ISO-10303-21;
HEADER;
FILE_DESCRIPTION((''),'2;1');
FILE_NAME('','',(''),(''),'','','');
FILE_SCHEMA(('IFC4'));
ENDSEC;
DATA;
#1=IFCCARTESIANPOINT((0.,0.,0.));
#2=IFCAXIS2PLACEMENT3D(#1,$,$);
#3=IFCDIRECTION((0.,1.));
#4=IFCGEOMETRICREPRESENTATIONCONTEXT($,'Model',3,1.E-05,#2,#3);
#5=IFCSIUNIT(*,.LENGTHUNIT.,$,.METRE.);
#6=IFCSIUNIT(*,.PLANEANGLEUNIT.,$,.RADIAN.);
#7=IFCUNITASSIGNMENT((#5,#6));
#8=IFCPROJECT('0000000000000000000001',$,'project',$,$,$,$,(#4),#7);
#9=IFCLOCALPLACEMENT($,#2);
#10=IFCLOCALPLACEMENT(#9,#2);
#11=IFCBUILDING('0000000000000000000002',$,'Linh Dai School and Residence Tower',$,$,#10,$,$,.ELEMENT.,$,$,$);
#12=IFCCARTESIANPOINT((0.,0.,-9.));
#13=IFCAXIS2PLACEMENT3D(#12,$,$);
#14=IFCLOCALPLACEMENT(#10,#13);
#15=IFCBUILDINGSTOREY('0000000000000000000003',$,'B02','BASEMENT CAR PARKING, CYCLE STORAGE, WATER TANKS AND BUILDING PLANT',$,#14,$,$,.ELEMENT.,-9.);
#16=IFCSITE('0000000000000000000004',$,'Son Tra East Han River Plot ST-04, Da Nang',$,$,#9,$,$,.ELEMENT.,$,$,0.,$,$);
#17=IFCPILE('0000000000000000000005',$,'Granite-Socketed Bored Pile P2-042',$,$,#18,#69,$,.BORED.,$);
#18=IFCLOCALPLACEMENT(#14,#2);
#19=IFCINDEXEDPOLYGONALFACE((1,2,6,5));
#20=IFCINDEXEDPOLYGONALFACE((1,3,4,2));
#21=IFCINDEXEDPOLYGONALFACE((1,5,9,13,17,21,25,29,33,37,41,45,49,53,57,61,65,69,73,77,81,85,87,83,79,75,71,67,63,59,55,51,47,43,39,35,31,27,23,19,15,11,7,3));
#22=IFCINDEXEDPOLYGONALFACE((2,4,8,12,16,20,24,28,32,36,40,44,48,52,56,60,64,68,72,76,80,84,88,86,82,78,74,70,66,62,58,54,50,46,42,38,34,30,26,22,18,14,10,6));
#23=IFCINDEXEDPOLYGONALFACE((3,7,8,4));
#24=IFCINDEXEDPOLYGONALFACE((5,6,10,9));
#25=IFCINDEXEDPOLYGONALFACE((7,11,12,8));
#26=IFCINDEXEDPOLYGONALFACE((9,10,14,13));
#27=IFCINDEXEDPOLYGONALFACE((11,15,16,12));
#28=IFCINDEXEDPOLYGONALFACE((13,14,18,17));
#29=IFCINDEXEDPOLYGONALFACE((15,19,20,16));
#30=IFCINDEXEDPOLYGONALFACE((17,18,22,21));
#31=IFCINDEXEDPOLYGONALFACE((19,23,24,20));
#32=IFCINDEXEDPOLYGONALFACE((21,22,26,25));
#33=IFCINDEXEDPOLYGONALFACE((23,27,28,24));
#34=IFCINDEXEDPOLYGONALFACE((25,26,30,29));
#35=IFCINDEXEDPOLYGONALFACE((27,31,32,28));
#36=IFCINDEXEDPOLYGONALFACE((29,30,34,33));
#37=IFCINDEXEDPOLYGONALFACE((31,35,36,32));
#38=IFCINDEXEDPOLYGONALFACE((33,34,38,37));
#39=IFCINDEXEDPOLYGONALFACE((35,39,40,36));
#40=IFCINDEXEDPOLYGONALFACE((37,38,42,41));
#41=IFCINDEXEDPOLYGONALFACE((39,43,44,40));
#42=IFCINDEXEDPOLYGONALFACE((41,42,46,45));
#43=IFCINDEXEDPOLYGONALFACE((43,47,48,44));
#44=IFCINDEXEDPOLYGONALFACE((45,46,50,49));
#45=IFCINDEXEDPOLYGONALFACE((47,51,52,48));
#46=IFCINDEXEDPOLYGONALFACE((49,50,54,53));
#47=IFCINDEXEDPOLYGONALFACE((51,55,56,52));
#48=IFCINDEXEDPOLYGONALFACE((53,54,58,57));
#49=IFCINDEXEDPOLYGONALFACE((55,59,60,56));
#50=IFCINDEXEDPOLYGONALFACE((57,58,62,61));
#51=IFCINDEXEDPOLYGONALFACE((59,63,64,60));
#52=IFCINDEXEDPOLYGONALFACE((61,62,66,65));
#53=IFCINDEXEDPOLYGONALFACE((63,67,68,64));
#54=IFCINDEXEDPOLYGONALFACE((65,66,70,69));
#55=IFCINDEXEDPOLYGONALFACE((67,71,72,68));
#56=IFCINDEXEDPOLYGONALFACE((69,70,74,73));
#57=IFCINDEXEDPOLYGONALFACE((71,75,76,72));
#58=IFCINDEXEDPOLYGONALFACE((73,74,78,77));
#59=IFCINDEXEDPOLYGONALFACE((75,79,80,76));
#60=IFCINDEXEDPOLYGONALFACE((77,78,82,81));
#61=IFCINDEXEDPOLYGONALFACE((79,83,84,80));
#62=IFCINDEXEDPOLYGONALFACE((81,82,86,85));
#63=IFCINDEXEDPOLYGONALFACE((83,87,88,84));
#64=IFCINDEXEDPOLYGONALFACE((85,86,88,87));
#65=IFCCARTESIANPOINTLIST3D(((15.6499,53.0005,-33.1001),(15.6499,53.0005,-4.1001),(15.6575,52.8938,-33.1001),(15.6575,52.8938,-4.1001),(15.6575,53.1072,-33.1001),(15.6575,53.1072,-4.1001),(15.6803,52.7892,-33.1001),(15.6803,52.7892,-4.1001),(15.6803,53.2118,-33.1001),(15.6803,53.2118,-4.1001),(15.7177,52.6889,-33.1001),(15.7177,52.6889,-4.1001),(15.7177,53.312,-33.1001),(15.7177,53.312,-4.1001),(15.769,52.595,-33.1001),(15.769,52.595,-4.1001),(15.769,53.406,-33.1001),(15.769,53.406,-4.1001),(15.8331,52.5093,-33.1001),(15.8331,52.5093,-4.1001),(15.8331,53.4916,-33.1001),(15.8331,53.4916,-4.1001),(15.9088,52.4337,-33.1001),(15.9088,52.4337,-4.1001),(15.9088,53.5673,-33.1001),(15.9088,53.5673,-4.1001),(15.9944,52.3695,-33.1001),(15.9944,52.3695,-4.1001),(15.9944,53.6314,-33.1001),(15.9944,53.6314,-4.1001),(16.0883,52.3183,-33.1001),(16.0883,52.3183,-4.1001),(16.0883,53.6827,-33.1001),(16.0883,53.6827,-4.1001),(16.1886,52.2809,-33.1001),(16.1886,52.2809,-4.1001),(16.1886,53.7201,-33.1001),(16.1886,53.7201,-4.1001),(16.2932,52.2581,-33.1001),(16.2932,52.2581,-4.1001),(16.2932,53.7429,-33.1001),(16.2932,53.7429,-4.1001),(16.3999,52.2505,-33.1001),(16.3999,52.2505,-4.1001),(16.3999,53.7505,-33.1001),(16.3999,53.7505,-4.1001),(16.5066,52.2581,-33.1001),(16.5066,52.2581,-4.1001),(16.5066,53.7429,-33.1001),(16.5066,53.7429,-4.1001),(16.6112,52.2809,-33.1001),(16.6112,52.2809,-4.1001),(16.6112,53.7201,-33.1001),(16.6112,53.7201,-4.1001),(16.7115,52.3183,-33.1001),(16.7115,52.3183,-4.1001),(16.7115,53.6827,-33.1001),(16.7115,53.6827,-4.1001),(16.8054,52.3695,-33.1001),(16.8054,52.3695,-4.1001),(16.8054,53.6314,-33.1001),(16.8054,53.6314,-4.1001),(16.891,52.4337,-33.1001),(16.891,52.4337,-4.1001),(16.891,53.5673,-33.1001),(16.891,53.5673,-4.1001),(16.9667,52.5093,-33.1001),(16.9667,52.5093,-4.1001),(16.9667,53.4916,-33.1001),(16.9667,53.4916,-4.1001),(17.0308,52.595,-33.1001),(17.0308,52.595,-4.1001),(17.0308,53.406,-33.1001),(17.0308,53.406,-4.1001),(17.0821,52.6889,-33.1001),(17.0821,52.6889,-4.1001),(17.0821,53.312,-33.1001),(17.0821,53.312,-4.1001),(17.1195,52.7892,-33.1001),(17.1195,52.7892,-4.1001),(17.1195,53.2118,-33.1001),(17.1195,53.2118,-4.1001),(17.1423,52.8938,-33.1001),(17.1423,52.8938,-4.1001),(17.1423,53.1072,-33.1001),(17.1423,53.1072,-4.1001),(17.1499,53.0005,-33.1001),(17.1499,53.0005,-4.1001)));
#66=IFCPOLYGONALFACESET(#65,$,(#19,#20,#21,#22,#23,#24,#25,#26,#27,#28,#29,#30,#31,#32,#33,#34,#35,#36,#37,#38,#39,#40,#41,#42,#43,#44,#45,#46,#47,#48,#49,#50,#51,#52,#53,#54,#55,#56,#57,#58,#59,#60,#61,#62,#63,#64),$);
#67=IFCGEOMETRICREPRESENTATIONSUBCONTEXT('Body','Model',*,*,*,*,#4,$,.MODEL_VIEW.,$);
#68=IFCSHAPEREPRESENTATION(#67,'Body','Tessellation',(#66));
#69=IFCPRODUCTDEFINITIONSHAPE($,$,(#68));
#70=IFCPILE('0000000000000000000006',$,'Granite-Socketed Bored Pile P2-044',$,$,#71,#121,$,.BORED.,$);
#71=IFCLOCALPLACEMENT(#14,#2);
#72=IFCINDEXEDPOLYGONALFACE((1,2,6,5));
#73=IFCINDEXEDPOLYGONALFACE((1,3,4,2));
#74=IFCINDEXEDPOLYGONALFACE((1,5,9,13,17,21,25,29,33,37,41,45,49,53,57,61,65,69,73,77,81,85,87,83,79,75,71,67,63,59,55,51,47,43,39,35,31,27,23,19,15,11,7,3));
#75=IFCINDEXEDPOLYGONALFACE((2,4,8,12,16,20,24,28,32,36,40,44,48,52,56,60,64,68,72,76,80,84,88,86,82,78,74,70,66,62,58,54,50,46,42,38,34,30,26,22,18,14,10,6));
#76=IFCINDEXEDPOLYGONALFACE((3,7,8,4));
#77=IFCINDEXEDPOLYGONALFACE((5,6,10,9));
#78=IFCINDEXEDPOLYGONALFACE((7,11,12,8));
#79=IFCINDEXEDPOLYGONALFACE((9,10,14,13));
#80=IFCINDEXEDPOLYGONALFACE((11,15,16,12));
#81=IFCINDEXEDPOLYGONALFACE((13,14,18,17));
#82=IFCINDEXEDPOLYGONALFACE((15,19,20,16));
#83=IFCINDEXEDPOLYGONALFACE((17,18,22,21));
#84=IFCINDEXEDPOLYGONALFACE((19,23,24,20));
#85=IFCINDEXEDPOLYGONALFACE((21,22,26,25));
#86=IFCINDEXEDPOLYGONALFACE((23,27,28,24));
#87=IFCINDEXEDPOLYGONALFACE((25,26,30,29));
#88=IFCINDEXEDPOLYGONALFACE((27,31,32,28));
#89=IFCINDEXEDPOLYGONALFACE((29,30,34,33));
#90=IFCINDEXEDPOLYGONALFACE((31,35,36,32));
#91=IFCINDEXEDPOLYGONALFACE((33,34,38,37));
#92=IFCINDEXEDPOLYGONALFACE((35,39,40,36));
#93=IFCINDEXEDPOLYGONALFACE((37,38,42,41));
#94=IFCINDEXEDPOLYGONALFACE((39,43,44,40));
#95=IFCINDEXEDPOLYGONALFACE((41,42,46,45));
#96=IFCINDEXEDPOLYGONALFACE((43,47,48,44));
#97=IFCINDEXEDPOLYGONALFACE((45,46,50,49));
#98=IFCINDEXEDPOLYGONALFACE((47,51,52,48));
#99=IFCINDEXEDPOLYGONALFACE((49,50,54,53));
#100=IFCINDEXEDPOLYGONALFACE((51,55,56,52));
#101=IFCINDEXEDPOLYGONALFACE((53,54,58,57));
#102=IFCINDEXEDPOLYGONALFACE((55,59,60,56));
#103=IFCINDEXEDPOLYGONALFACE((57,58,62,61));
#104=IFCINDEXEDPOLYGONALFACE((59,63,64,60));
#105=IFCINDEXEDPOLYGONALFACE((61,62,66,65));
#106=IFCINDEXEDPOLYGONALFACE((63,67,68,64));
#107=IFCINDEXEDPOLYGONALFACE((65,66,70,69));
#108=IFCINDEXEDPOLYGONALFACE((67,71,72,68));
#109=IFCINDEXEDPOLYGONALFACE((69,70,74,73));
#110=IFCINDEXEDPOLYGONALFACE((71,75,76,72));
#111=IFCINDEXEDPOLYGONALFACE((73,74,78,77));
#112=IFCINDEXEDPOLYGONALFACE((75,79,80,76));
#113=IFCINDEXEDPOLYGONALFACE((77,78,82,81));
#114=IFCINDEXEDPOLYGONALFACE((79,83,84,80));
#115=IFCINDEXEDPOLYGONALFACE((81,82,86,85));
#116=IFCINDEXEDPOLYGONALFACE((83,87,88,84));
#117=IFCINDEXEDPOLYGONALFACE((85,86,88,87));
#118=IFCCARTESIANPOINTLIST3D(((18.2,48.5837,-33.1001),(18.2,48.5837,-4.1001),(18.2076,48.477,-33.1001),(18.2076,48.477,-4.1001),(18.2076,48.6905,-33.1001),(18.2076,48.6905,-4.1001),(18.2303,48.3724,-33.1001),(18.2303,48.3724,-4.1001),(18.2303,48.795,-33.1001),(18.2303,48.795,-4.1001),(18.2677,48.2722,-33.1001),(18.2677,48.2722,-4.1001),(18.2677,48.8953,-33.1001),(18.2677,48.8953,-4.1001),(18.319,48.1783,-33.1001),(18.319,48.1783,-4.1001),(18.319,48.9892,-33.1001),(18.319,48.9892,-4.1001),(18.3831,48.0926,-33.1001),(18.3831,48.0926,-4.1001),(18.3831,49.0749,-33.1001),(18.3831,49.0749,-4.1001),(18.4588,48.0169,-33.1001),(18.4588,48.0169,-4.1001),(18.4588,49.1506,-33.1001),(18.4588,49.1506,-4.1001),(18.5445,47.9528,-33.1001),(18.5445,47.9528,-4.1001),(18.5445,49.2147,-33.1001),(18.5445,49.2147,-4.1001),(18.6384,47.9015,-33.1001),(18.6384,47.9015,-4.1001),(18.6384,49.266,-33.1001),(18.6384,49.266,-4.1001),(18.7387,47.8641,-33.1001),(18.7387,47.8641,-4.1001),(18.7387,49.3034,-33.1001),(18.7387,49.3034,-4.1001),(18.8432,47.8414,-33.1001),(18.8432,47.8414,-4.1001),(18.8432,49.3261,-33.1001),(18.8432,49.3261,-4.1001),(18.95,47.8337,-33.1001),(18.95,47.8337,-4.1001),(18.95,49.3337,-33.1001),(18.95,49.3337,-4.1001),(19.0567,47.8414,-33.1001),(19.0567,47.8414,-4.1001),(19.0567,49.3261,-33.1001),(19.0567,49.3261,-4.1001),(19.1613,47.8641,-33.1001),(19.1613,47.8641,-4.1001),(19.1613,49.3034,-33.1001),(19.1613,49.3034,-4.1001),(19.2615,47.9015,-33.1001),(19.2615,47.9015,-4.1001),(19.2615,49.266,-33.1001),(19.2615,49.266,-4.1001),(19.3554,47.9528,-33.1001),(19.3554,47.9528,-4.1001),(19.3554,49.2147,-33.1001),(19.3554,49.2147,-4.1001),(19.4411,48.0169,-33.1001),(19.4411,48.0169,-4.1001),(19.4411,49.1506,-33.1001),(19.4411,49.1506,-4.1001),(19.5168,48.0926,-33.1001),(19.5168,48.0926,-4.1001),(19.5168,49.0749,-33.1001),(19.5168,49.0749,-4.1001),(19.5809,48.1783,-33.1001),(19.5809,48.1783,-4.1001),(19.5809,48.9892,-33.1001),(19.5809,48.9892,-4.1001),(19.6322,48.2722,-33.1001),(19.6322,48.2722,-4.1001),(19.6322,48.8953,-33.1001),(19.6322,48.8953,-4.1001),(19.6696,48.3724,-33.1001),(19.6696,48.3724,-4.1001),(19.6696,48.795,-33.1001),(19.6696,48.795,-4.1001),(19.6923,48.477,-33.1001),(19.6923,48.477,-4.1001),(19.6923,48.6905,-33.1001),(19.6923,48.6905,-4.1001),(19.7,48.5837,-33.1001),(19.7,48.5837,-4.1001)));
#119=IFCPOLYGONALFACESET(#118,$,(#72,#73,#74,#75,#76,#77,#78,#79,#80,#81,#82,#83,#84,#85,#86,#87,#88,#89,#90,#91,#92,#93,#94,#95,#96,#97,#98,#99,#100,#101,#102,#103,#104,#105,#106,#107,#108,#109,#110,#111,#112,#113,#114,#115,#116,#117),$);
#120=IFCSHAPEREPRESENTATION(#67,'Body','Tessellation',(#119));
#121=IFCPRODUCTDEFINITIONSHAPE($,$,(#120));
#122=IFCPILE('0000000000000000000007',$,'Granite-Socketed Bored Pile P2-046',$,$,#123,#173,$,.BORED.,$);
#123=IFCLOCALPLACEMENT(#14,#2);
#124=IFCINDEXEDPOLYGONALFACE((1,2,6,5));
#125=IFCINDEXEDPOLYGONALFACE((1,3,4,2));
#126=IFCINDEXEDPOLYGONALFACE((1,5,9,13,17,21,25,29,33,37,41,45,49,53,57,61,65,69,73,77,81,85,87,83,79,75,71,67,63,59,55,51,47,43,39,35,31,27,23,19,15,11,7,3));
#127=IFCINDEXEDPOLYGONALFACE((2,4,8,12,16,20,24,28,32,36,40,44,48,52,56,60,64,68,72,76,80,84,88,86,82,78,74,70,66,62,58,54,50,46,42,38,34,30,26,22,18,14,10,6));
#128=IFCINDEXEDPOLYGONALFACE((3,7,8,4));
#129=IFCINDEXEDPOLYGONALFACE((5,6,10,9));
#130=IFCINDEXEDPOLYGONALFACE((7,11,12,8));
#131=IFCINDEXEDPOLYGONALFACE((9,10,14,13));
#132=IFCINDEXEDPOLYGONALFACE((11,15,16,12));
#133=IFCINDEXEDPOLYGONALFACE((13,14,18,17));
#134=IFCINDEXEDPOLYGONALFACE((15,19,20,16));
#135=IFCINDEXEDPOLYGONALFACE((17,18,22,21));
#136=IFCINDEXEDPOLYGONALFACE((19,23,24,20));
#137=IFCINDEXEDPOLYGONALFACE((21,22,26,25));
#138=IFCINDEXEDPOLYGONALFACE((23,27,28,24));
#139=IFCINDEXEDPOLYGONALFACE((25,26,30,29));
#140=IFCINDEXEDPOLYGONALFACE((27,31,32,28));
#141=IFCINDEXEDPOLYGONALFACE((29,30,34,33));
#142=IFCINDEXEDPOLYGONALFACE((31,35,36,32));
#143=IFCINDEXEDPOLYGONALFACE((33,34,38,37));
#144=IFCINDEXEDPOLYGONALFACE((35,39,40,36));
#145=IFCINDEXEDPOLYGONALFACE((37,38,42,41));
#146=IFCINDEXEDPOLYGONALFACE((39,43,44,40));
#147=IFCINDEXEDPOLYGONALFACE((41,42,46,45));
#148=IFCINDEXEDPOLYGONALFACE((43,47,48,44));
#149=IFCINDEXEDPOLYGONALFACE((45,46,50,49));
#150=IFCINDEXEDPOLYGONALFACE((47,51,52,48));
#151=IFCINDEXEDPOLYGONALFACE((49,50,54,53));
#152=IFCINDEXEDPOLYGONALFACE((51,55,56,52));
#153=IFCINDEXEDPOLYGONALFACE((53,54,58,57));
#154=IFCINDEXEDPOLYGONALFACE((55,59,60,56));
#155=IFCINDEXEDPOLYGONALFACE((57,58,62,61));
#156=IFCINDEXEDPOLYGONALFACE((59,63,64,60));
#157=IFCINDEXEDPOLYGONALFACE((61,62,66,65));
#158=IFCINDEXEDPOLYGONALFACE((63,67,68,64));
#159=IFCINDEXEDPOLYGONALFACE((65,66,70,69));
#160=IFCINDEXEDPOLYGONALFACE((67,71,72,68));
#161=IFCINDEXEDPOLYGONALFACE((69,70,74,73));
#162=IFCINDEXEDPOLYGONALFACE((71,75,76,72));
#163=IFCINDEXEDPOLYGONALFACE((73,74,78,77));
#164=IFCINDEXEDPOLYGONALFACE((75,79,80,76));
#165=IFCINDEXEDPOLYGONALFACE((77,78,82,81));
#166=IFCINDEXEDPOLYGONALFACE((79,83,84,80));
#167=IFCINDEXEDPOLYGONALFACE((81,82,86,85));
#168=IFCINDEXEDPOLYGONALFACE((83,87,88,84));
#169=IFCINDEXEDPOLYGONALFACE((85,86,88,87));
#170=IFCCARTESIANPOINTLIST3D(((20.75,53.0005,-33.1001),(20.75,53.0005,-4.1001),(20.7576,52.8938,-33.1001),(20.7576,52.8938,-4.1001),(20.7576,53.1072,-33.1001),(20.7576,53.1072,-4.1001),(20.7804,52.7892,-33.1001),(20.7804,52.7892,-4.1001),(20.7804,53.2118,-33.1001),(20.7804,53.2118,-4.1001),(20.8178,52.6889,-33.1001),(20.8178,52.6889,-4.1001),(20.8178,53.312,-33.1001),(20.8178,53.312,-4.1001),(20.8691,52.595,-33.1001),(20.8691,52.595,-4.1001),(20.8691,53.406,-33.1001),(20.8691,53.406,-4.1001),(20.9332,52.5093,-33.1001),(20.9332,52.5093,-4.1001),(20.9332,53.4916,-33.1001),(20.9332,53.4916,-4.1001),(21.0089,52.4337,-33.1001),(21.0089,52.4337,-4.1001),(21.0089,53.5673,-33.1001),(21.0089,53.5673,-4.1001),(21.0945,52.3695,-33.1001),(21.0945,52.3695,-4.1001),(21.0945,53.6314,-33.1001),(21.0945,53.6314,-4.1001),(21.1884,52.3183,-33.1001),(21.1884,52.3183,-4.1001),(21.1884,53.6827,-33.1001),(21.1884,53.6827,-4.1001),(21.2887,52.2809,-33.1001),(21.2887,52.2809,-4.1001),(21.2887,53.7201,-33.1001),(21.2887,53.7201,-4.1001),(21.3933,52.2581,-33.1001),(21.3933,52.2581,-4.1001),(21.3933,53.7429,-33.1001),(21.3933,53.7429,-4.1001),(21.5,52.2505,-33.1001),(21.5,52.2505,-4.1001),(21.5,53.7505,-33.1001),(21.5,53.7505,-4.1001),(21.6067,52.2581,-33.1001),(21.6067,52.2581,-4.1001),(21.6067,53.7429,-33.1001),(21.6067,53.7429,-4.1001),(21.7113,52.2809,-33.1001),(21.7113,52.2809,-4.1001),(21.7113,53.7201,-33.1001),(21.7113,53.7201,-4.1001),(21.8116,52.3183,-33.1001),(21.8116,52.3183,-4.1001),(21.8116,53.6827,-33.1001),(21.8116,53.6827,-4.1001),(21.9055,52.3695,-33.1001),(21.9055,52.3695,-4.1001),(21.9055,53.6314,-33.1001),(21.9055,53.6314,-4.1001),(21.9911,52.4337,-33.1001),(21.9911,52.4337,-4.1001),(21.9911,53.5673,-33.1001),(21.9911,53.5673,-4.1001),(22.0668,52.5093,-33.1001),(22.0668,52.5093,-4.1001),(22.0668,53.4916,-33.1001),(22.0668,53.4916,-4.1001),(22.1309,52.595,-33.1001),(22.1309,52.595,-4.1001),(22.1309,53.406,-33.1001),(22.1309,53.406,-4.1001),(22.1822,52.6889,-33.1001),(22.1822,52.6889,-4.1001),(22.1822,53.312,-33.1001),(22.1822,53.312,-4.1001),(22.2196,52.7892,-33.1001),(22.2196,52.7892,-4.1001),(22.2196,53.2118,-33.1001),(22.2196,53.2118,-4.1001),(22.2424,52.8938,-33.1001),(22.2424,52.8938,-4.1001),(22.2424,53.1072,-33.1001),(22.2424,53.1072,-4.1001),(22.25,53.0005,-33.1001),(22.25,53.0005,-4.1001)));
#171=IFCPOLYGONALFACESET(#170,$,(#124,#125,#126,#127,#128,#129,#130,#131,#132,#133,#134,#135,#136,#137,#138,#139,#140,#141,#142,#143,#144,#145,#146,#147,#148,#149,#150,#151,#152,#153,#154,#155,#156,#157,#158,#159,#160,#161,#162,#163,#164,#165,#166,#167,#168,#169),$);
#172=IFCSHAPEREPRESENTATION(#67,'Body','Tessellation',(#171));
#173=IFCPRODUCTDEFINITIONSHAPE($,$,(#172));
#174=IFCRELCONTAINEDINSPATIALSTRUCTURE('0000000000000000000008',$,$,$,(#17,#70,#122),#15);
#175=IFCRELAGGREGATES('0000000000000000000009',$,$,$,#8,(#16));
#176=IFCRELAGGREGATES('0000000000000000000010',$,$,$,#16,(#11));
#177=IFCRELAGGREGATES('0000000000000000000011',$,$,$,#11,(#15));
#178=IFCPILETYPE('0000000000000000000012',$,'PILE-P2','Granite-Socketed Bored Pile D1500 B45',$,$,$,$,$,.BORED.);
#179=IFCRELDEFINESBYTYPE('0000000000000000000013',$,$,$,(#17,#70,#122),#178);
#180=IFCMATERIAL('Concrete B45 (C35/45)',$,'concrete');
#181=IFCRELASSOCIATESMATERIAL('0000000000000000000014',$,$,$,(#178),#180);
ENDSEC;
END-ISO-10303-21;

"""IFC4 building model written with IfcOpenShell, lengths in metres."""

from ifc_helpers import new_model, si_unit, direction, frame, origin, origin_2d, place, context, subcontext, project, spatial, circle, extrude, material, material_profile, profile_set, type_object, element, save


model = new_model("IFC4")

# Units and contexts
model_context = context("Model", 3, precision=1e-05, world=origin(), true_north=direction((0.0, 1.0)))
body_context = subcontext(model_context, "Body", "Model", "MODEL_VIEW")
ifc_project = project(units=[si_unit("LENGTHUNIT", "METRE"), si_unit("PLANEANGLEUNIT", "RADIAN")], contexts=[model_context])

# Site, building, storey
site_placement = place(None, origin())
site = spatial("IfcSite", under=ifc_project, at=site_placement, Name="Son Tra East Han River Plot ST-04, Da Nang", CompositionType="ELEMENT", RefElevation=0.0)
building_placement = place(site_placement, origin())
building = spatial("IfcBuilding", under=site, at=building_placement, Name="Linh Dai School and Residence Tower", CompositionType="ELEMENT")
storey_placement = place(building_placement, frame((0.0, 0.0, -9.0)))
storey = spatial("IfcBuildingStorey", under=building, at=storey_placement, Name="B02", Description="BASEMENT CAR PARKING, CYCLE STORAGE, WATER TANKS AND BUILDING PLANT", CompositionType="ELEMENT", Elevation=-9.0)

# Piles
ifc_material_1 = material(Name="Concrete B45 (C35/45)", Category="concrete")
ifc_material_profile_1 = material_profile(ifc_material_1, circle(Radius=0.75, at=origin_2d()), Name="PILE D1500")
ifc_profile_set_1 = profile_set([ifc_material_profile_1], Name="Concrete B45 (C35/45)")
pile_type_1 = type_object("IfcPileType", Name="PILE-P2", Description="Granite-Socketed Bored Pile D1500 B45", PredefinedType="BORED", material=ifc_profile_set_1)
for number, where, z_axis, x_axis, name in (
    (1, (16.3999, 53.0005, -4.1001), (0.0, 0.0, -1.0), (1.0, 0.0, 0.0), "Granite-Socketed Bored Pile P2-042"),
    (2, (18.95, 48.5837, -4.1001), (0.0, 0.0, -1.0), (1.0, 0.0, 0.0), "Granite-Socketed Bored Pile P2-044"),
    (3, (21.5, 53.0005, -4.1001), (0.0, 0.0, -1.0), (1.0, 0.0, 0.0), "Granite-Socketed Bored Pile P2-046"),
):
    element("IfcPile", number, at=place(storey_placement, frame(where, z_axis=z_axis, x_axis=x_axis)), inside=storey, type_object=pile_type_1, Name=name, PredefinedType="BORED", context=body_context, shape_type="SweptSolid", body=[
        extrude(circle(Radius=0.75, at=origin_2d()), origin(), (0.0, 0.0, 1.0), 29.0),
    ])

save(model, "model.ifc")
